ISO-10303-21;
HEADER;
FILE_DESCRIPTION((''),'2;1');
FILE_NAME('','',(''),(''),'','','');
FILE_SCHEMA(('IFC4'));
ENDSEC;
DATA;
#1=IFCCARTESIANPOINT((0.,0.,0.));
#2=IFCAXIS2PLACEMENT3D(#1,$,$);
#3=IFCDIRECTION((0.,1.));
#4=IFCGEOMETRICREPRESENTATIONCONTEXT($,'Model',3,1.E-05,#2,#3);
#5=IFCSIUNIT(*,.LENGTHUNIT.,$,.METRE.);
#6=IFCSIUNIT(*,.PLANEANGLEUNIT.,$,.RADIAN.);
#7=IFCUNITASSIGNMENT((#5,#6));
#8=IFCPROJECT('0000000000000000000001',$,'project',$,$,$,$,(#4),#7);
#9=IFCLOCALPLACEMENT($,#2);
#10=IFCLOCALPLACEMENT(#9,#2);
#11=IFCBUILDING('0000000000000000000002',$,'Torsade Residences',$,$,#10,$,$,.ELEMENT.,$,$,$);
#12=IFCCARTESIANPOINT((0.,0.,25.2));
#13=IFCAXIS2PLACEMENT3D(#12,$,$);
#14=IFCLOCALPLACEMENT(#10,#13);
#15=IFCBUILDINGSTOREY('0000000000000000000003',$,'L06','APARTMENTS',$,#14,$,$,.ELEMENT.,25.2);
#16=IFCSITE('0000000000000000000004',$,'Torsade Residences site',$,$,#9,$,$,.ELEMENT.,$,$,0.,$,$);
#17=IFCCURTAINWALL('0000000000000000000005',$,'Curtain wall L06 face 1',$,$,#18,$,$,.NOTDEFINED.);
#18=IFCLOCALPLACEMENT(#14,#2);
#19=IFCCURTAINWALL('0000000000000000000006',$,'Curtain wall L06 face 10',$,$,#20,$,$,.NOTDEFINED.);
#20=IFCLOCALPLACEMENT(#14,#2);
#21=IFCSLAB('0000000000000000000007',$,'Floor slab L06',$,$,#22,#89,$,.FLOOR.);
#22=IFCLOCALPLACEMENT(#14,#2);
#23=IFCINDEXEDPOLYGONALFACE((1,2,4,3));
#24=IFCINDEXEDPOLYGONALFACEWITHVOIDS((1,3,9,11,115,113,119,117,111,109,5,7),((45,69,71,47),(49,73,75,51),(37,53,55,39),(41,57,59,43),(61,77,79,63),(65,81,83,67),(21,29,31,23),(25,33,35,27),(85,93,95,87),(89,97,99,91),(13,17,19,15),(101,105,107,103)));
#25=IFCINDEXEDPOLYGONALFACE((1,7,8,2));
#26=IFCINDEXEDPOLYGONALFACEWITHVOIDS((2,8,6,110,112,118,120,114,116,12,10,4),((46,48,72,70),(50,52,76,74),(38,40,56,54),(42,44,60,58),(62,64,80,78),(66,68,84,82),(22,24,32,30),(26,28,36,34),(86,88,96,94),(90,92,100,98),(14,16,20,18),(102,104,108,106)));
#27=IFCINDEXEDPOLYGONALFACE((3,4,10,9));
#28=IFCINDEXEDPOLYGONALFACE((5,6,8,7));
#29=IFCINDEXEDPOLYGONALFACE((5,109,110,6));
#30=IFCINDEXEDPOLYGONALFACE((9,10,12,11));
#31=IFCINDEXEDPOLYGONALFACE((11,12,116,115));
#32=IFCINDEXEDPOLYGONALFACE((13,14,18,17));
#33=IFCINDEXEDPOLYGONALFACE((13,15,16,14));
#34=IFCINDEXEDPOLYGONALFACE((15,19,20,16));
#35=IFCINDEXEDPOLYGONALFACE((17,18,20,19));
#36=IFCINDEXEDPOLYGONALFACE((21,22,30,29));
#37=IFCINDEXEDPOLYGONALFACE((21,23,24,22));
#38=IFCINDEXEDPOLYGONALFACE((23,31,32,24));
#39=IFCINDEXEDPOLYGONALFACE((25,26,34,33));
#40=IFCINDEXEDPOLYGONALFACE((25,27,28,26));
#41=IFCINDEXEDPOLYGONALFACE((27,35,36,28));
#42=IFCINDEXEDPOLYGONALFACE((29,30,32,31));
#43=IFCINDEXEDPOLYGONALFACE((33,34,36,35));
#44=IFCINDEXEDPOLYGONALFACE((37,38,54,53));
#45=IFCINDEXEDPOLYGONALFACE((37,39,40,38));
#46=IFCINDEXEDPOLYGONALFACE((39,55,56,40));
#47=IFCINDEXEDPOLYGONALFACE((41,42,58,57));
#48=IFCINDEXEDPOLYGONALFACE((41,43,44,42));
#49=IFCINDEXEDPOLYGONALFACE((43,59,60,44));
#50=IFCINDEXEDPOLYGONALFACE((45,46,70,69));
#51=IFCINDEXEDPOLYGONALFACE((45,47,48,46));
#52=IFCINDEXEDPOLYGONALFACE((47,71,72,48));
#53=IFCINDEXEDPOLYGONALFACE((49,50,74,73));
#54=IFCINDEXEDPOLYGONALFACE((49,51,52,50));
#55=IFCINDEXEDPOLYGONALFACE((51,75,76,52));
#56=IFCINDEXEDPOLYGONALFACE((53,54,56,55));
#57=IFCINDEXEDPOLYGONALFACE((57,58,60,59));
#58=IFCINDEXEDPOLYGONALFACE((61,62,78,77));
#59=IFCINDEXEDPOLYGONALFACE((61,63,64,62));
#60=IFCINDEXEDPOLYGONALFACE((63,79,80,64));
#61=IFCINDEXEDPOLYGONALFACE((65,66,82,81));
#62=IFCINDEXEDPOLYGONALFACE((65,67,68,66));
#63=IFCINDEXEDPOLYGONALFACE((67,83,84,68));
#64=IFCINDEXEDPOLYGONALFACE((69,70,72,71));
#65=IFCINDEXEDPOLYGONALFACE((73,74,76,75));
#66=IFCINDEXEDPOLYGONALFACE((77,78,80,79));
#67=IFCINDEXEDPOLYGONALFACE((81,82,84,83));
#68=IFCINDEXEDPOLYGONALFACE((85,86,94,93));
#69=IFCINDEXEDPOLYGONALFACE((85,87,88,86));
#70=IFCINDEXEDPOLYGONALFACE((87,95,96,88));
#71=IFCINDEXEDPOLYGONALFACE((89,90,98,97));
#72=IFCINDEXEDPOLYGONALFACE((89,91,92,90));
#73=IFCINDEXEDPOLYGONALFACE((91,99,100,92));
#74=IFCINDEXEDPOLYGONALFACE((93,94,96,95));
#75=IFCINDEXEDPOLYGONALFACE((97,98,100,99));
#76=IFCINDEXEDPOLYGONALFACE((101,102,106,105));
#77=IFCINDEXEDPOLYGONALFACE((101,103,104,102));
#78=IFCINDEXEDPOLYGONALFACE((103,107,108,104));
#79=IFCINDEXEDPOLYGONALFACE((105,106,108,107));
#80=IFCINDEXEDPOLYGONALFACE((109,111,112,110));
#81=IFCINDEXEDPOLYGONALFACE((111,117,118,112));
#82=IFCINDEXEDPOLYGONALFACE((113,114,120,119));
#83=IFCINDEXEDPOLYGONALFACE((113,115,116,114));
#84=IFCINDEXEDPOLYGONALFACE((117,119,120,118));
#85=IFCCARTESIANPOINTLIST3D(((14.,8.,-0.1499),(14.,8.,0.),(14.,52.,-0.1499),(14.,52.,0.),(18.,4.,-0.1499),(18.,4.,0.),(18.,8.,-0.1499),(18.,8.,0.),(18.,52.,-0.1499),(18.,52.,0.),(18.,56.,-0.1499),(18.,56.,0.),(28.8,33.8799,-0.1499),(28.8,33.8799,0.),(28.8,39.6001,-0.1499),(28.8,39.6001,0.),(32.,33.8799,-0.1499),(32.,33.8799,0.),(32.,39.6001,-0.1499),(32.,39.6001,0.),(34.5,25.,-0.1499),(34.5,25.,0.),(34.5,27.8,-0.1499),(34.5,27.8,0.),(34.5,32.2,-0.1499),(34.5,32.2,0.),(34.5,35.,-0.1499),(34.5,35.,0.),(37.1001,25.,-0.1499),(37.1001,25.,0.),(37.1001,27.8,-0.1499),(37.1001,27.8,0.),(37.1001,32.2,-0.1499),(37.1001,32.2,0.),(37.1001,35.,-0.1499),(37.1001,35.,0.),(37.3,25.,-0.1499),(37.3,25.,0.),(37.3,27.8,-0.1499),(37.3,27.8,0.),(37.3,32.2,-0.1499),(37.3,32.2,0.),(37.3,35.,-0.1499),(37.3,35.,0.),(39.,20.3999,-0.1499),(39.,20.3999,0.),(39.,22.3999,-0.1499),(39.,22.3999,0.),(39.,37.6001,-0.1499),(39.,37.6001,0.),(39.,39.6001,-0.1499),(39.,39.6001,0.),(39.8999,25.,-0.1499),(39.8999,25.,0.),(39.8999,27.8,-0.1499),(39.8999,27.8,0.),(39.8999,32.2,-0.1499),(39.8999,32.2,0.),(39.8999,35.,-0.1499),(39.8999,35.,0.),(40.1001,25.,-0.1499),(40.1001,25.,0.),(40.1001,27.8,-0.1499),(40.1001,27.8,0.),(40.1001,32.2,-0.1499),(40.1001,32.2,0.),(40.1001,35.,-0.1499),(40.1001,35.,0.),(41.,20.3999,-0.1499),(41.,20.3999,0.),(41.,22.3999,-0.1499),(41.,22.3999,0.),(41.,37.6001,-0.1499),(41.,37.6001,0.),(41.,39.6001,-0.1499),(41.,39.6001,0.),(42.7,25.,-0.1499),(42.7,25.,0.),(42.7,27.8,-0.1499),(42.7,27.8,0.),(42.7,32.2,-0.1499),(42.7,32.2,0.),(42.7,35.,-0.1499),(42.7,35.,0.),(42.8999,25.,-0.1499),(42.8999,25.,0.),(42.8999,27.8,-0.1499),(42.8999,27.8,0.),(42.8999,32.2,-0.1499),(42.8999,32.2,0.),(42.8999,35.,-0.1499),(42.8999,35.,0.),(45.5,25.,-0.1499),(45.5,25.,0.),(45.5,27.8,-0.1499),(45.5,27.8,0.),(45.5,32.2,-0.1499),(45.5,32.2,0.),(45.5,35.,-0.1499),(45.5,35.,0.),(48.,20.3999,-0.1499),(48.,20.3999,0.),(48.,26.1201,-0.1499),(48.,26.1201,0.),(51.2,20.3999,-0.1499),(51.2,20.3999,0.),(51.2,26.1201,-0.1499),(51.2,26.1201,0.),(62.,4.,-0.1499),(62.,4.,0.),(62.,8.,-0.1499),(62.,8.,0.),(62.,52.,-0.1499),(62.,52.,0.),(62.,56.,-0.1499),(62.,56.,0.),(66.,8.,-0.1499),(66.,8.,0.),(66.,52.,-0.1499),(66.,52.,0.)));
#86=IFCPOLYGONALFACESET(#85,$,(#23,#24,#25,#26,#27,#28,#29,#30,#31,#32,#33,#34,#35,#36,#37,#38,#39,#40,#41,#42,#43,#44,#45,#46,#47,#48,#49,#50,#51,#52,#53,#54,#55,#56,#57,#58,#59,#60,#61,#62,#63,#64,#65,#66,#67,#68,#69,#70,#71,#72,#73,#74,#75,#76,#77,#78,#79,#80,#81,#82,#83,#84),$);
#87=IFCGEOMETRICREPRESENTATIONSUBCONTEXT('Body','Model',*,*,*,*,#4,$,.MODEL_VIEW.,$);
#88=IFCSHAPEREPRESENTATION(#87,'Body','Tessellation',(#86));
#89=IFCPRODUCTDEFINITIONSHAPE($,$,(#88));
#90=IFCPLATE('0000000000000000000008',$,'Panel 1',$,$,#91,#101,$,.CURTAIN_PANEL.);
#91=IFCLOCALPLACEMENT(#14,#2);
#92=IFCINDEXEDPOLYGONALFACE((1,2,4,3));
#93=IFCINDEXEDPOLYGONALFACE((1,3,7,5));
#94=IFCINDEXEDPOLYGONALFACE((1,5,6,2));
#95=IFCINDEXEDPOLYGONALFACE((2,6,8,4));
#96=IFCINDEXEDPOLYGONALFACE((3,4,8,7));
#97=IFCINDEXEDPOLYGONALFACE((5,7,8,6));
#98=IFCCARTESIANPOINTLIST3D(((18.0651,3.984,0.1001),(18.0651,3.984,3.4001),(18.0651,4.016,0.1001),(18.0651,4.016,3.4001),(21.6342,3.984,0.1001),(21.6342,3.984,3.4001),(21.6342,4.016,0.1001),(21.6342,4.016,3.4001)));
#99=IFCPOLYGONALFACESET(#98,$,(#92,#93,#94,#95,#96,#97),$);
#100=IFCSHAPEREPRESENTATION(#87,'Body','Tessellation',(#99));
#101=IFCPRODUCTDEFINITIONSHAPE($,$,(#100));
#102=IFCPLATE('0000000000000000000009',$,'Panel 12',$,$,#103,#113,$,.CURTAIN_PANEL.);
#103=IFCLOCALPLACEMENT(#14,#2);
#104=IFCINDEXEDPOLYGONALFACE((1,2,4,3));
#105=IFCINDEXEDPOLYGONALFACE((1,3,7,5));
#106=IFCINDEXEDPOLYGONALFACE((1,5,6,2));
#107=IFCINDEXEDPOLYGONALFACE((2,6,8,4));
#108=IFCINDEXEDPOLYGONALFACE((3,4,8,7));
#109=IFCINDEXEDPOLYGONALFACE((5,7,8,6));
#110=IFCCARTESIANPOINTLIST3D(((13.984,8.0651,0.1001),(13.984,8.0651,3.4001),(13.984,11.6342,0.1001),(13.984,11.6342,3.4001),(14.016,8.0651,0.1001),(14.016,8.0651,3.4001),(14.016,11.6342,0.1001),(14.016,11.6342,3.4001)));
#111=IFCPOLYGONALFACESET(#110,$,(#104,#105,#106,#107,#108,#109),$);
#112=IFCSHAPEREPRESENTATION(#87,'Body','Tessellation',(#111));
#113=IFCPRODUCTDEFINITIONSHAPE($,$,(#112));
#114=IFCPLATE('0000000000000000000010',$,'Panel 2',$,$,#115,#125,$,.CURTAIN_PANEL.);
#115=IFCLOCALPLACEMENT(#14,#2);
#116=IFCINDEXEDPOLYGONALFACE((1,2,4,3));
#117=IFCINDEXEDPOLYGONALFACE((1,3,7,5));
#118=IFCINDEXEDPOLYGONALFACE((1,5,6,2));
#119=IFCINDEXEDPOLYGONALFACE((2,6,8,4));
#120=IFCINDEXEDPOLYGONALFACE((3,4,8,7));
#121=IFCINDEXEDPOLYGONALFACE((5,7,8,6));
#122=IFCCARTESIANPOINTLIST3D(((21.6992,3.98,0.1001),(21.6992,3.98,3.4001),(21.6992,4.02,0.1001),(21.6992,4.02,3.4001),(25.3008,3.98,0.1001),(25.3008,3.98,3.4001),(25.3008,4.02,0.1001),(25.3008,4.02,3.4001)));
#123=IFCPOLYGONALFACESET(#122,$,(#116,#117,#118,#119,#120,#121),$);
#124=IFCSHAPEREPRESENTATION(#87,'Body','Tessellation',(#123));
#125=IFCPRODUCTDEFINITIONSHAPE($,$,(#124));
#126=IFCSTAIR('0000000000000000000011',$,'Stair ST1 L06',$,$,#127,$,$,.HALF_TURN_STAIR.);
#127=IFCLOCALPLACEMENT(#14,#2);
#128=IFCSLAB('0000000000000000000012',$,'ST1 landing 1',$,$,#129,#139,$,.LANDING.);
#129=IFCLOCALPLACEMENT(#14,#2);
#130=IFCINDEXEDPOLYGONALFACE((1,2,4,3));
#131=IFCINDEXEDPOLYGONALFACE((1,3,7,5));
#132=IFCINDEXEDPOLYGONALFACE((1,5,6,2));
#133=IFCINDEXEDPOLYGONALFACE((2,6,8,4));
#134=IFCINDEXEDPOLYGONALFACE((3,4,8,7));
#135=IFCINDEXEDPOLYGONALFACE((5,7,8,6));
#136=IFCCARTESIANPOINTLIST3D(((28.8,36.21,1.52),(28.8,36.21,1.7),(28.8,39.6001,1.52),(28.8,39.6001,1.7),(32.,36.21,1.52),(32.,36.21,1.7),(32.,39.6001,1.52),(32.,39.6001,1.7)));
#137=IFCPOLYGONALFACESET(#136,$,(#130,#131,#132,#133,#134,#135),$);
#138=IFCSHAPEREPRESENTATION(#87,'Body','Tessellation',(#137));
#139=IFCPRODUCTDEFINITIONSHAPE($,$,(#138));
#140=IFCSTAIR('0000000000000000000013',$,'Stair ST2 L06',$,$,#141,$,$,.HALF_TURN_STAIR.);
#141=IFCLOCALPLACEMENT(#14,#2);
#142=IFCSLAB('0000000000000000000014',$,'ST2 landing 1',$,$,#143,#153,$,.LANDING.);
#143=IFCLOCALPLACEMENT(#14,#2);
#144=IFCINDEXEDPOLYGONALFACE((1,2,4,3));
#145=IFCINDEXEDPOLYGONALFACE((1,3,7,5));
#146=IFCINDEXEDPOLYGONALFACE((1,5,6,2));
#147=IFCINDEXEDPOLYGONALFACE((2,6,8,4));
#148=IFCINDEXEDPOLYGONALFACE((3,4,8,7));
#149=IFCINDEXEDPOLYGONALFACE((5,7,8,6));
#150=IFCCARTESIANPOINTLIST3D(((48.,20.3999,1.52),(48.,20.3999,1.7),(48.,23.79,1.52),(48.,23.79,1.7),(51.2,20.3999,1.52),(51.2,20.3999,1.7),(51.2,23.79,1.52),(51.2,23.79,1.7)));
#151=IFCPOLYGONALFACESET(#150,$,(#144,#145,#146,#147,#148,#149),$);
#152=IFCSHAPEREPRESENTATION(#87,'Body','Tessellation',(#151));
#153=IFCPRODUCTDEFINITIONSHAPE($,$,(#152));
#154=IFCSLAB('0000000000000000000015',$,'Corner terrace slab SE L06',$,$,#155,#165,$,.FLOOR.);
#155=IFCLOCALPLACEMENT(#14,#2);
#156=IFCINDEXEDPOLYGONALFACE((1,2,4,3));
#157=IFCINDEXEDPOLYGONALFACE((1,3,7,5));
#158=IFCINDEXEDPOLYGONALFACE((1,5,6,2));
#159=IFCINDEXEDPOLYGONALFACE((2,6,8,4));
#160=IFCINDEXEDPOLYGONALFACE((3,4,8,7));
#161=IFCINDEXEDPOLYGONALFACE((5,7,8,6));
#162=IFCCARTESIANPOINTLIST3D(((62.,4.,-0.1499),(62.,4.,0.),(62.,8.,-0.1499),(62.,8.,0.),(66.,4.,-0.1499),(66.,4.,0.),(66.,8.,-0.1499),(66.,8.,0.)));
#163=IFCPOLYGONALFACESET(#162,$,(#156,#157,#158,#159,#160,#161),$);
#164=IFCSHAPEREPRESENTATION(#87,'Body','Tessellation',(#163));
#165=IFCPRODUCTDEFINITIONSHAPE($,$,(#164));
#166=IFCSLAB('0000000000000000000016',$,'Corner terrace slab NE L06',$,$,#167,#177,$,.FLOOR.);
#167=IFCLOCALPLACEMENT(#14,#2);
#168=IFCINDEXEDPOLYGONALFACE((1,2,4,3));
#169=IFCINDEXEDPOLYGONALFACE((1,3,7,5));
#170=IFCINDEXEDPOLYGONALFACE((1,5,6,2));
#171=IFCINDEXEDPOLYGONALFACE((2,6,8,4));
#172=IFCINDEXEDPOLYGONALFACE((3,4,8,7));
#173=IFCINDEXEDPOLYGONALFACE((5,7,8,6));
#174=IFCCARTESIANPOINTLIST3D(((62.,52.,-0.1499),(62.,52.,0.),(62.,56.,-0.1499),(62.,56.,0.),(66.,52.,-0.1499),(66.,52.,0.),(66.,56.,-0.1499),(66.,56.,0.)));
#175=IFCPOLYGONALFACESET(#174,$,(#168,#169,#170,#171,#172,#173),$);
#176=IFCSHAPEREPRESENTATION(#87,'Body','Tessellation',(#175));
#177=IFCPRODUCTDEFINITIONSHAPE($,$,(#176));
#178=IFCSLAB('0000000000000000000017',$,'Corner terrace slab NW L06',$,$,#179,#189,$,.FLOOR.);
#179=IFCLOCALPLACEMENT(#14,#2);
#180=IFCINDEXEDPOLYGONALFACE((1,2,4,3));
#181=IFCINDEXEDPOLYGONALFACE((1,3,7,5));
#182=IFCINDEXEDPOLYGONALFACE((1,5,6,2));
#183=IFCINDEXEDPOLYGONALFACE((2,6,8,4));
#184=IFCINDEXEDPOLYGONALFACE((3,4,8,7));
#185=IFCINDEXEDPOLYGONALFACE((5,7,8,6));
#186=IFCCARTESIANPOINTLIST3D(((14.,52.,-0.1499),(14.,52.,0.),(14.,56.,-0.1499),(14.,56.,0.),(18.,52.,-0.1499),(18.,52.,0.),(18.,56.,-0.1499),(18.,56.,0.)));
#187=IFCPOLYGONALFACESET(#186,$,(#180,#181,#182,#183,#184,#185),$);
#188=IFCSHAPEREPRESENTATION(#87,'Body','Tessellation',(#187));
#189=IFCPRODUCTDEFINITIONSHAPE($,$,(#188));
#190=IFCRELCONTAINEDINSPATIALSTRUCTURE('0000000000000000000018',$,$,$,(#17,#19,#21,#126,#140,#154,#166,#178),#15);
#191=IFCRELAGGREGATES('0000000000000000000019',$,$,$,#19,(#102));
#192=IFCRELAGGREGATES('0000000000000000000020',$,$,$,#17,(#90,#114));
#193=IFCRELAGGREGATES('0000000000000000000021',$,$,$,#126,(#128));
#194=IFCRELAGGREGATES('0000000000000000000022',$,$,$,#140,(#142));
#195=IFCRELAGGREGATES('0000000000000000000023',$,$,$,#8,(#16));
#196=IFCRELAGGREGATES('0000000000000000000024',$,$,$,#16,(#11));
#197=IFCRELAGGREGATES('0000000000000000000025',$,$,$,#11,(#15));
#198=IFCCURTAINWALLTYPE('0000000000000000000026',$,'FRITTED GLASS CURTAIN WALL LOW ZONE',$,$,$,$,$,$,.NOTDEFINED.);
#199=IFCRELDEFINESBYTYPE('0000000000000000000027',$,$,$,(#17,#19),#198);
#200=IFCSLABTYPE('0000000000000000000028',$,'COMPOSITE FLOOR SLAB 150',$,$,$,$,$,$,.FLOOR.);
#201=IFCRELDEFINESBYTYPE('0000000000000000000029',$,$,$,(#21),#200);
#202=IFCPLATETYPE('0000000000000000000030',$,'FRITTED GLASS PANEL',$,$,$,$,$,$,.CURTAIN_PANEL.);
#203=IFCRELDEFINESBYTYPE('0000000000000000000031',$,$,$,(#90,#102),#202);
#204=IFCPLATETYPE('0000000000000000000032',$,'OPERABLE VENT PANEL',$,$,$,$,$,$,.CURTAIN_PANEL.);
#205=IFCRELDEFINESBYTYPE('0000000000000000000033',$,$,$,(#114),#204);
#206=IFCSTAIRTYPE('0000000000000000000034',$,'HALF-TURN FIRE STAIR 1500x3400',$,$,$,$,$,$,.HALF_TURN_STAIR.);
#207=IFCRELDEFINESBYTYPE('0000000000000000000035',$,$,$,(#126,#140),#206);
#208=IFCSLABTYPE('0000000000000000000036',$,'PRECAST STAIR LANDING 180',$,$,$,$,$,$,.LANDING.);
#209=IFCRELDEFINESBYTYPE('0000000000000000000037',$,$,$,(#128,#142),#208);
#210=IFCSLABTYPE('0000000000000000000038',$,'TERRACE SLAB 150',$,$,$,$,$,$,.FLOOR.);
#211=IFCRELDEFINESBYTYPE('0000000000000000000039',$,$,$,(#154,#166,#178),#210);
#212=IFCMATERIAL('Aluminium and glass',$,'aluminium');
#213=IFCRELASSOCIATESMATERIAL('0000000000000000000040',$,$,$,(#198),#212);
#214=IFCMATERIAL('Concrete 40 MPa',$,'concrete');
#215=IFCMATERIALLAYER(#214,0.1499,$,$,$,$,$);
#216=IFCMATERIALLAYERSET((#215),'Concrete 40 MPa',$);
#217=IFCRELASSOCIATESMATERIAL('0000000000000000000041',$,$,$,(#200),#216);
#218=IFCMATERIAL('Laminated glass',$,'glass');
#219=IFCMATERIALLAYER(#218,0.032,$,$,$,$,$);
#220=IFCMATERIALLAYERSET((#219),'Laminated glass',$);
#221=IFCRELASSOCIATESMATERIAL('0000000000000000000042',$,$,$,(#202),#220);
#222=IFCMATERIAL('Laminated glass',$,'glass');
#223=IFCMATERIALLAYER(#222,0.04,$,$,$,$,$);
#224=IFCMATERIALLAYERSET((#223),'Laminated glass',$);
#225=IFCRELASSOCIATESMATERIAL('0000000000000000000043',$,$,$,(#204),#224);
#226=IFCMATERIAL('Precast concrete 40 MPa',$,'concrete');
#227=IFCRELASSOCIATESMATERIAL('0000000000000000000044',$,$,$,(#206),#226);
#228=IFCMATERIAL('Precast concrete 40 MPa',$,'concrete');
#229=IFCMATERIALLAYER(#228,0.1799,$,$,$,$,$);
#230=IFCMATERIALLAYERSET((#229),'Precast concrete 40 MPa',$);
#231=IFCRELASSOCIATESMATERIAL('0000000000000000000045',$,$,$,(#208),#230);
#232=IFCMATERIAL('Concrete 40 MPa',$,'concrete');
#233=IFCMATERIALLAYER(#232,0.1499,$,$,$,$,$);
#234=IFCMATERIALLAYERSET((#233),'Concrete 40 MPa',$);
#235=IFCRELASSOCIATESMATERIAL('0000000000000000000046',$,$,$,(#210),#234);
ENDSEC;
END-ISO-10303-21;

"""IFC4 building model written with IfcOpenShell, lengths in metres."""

from ifc_helpers import new_model, si_unit, direction, frame, origin, origin_2d, place, context, subcontext, project, spatial, polyline, rectangle, outline, extrude, material, layer, layer_set, type_object, element, aggregate, save


model = new_model("IFC4")

# Units and contexts
model_context = context("Model", 3, precision=1e-05, world=origin(), true_north=direction((0.0, 1.0)))
body_context = subcontext(model_context, "Body", "Model", "MODEL_VIEW")
ifc_project = project(units=[si_unit("LENGTHUNIT", "METRE"), si_unit("PLANEANGLEUNIT", "RADIAN")], contexts=[model_context])

# Site, building, storey
site_placement = place(None, origin())
site = spatial("IfcSite", under=ifc_project, at=site_placement, Name="Torsade Residences site", CompositionType="ELEMENT", RefElevation=0.0)
building_placement = place(site_placement, origin())
building = spatial("IfcBuilding", under=site, at=building_placement, Name="Torsade Residences", CompositionType="ELEMENT")
storey_placement = place(building_placement, frame((0.0, 0.0, 25.2)))
storey = spatial("IfcBuildingStorey", under=building, at=storey_placement, Name="L06", Description="APARTMENTS", CompositionType="ELEMENT", Elevation=25.2)

# Curtain wall
ifc_material_1 = material(Name="Aluminium and glass", Category="aluminium")
curtain_wall_type = type_object("IfcCurtainWallType", Name="FRITTED GLASS CURTAIN WALL LOW ZONE", PredefinedType="NOTDEFINED", material=ifc_material_1)
curtain_wall_1_placement = place(storey_placement, origin())
curtain_wall_1 = element("IfcCurtainWall", 1, at=curtain_wall_1_placement, inside=storey, type_object=curtain_wall_type, Name="Curtain wall L06 face 1", PredefinedType="NOTDEFINED")

# Curtain wall
curtain_wall_2_placement = place(storey_placement, origin())
curtain_wall_2 = element("IfcCurtainWall", 2, at=curtain_wall_2_placement, inside=storey, type_object=curtain_wall_type, Name="Curtain wall L06 face 10", PredefinedType="NOTDEFINED")

# Slab
ifc_material_2 = material(Name="Concrete 40 MPa", Category="concrete")
ifc_layer_1 = layer(ifc_material_2, 0.1499)
ifc_layer_set_1 = layer_set([ifc_layer_1], Name="Concrete 40 MPa")
slab_type_1 = type_object("IfcSlabType", Name="COMPOSITE FLOOR SLAB 150", PredefinedType="FLOOR", material=ifc_layer_set_1)
slab_1_placement = place(storey_placement, frame((0.0, 0.0, -0.1499)))
element("IfcSlab", 3, at=slab_1_placement, inside=storey, type_object=slab_type_1, Name="Floor slab L06", PredefinedType="FLOOR", context=body_context, shape_type="SweptSolid", body=[
    extrude(outline(polyline([(18.0, 4.0), (62.0, 4.0), (62.0, 8.0), (66.0, 8.0), (66.0, 52.0), (62.0, 52.0), (62.0, 56.0), (18.0, 56.0), (18.0, 52.0), (14.0, 52.0), (14.0, 8.0), (18.0, 8.0), (18.0, 4.0)]), holes=[polyline([(51.2, 20.3999), (51.2, 26.1201), (48.0, 26.1201), (48.0, 20.3999), (51.2, 20.3999)]), polyline([(45.5, 27.8), (42.8999, 27.8), (42.8999, 25.0), (45.5, 25.0), (45.5, 27.8)]), polyline([(45.5, 32.2), (45.5, 35.0), (42.8999, 35.0), (42.8999, 32.2), (45.5, 32.2)]), polyline([(42.7, 25.0), (42.7, 27.8), (40.1001, 27.8), (40.1001, 25.0), (42.7, 25.0)]), polyline([(42.7, 32.2), (42.7, 35.0), (40.1001, 35.0), (40.1001, 32.2), (42.7, 32.2)]), polyline([(41.0, 22.3999), (39.0, 22.3999), (39.0, 20.3999), (41.0, 20.3999), (41.0, 22.3999)]), polyline([(41.0, 37.6001), (41.0, 39.6001), (39.0, 39.6001), (39.0, 37.6001), (41.0, 37.6001)]), polyline([(39.8999, 25.0), (39.8999, 27.8), (37.3, 27.8), (37.3, 25.0), (39.8999, 25.0)]), polyline([(39.8999, 35.0), (37.3, 35.0), (37.3, 32.2), (39.8999, 32.2), (39.8999, 35.0)]), polyline([(37.1001, 27.8), (34.5, 27.8), (34.5, 25.0), (37.1001, 25.0), (37.1001, 27.8)]), polyline([(37.1001, 32.2), (37.1001, 35.0), (34.5, 35.0), (34.5, 32.2), (37.1001, 32.2)]), polyline([(32.0, 33.8799), (32.0, 39.6001), (28.8, 39.6001), (28.8, 33.8799), (32.0, 33.8799)])]), origin(), (0.0, 0.0, 1.0), 0.1499),
])

# Plates
ifc_material_3 = material(Name="Laminated glass", Category="glass")
ifc_layer_2 = layer(ifc_material_3, 0.032)
ifc_layer_set_2 = layer_set([ifc_layer_2], Name="Laminated glass")
plate_type_1 = type_object("IfcPlateType", Name="FRITTED GLASS PANEL", PredefinedType="CURTAIN_PANEL", material=ifc_layer_set_2)
plate_1_placement = place(storey_placement, frame((19.8496, 4.0, 0.1001), z_axis=(0.0, 0.0, 1.0), x_axis=(1.0, 0.0, 0.0)))
plate_1 = element("IfcPlate", 4, at=plate_1_placement, type_object=plate_type_1, Name="Panel 1", PredefinedType="CURTAIN_PANEL", context=body_context, shape_type="SweptSolid", body=[
    extrude(rectangle(XDim=3.5691, YDim=0.032, at=origin_2d()), origin(), (0.0, 0.0, 1.0), 3.3),
])
plate_2_placement = place(storey_placement, frame((14.0, 9.8496, 0.1001), z_axis=(0.0, 0.0, 1.0), x_axis=(0.0, -1.0, 0.0)))
plate_2 = element("IfcPlate", 5, at=plate_2_placement, type_object=plate_type_1, Name="Panel 12", PredefinedType="CURTAIN_PANEL", context=body_context, shape_type="SweptSolid", body=[
    extrude(rectangle(XDim=3.5691, YDim=0.032, at=origin_2d()), origin(), (0.0, 0.0, 1.0), 3.3),
])
aggregate(curtain_wall_2, [plate_2])
ifc_material_4 = material(Name="Laminated glass", Category="glass")
ifc_layer_3 = layer(ifc_material_4, 0.04)
ifc_layer_set_3 = layer_set([ifc_layer_3], Name="Laminated glass")
plate_type_2 = type_object("IfcPlateType", Name="OPERABLE VENT PANEL", PredefinedType="CURTAIN_PANEL", material=ifc_layer_set_3)
plate_3_placement = place(storey_placement, frame((23.5, 4.0, 0.1001), z_axis=(0.0, 0.0, 1.0), x_axis=(1.0, 0.0, 0.0)))
plate_3 = element("IfcPlate", 6, at=plate_3_placement, type_object=plate_type_2, Name="Panel 2", PredefinedType="CURTAIN_PANEL", context=body_context, shape_type="SweptSolid", body=[
    extrude(rectangle(XDim=3.6016, YDim=0.04, at=origin_2d()), origin(), (0.0, 0.0, 1.0), 3.3),
])
aggregate(curtain_wall_1, [plate_1, plate_3])

# Stairs, slabs
ifc_material_5 = material(Name="Precast concrete 40 MPa", Category="concrete")
stair_type = type_object("IfcStairType", Name="HALF-TURN FIRE STAIR 1500x3400", PredefinedType="HALF_TURN_STAIR", material=ifc_material_5)
stair_1_placement = place(storey_placement, origin())
stair_1 = element("IfcStair", 7, at=stair_1_placement, inside=storey, type_object=stair_type, Name="Stair ST1 L06", PredefinedType="HALF_TURN_STAIR")
ifc_material_6 = material(Name="Precast concrete 40 MPa", Category="concrete")
ifc_layer_4 = layer(ifc_material_6, 0.1799)
ifc_layer_set_4 = layer_set([ifc_layer_4], Name="Precast concrete 40 MPa")
slab_type_2 = type_object("IfcSlabType", Name="PRECAST STAIR LANDING 180", PredefinedType="LANDING", material=ifc_layer_set_4)
slab_2_placement = place(storey_placement, frame((0.0, 0.0, 1.52)))
slab_2 = element("IfcSlab", 8, at=slab_2_placement, type_object=slab_type_2, Name="ST1 landing 1", PredefinedType="LANDING", context=body_context, shape_type="SweptSolid", body=[
    extrude(outline(polyline([(28.8, 36.21), (32.0, 36.21), (32.0, 39.6001), (28.8, 39.6001), (28.8, 36.21)])), origin(), (0.0, 0.0, 1.0), 0.1799),
])
aggregate(stair_1, [slab_2])
stair_2_placement = place(storey_placement, origin())
stair_2 = element("IfcStair", 9, at=stair_2_placement, inside=storey, type_object=stair_type, Name="Stair ST2 L06", PredefinedType="HALF_TURN_STAIR")
slab_3_placement = place(storey_placement, frame((0.0, 0.0, 1.52)))
slab_3 = element("IfcSlab", 10, at=slab_3_placement, type_object=slab_type_2, Name="ST2 landing 1", PredefinedType="LANDING", context=body_context, shape_type="SweptSolid", body=[
    extrude(outline(polyline([(48.0, 20.3999), (51.2, 20.3999), (51.2, 23.79), (48.0, 23.79), (48.0, 20.3999)])), origin(), (0.0, 0.0, 1.0), 0.1799),
])
aggregate(stair_2, [slab_3])

# Slabs
ifc_material_7 = material(Name="Concrete 40 MPa", Category="concrete")
ifc_layer_5 = layer(ifc_material_7, 0.1499)
ifc_layer_set_5 = layer_set([ifc_layer_5], Name="Concrete 40 MPa")
slab_type_3 = type_object("IfcSlabType", Name="TERRACE SLAB 150", PredefinedType="FLOOR", material=ifc_layer_set_5)
slab_4_placement = place(storey_placement, frame((0.0, 0.0, -0.1499)))
element("IfcSlab", 11, at=slab_4_placement, inside=storey, type_object=slab_type_3, Name="Corner terrace slab SE L06", PredefinedType="FLOOR", context=body_context, shape_type="SweptSolid", body=[
    extrude(outline(polyline([(62.0, 4.0), (66.0, 4.0), (66.0, 8.0), (62.0, 8.0), (62.0, 4.0)])), origin(), (0.0, 0.0, 1.0), 0.1499),
])
slab_5_placement = place(storey_placement, frame((0.0, 0.0, -0.1499)))
element("IfcSlab", 12, at=slab_5_placement, inside=storey, type_object=slab_type_3, Name="Corner terrace slab NE L06", PredefinedType="FLOOR", context=body_context, shape_type="SweptSolid", body=[
    extrude(outline(polyline([(62.0, 52.0), (66.0, 52.0), (66.0, 56.0), (62.0, 56.0), (62.0, 52.0)])), origin(), (0.0, 0.0, 1.0), 0.1499),
])
slab_6_placement = place(storey_placement, frame((0.0, 0.0, -0.1499)))
element("IfcSlab", 13, at=slab_6_placement, inside=storey, type_object=slab_type_3, Name="Corner terrace slab NW L06", PredefinedType="FLOOR", context=body_context, shape_type="SweptSolid", body=[
    extrude(outline(polyline([(14.0, 52.0), (18.0, 52.0), (18.0, 56.0), (14.0, 56.0), (14.0, 52.0)])), origin(), (0.0, 0.0, 1.0), 0.1499),
])

save(model, "model.ifc")
